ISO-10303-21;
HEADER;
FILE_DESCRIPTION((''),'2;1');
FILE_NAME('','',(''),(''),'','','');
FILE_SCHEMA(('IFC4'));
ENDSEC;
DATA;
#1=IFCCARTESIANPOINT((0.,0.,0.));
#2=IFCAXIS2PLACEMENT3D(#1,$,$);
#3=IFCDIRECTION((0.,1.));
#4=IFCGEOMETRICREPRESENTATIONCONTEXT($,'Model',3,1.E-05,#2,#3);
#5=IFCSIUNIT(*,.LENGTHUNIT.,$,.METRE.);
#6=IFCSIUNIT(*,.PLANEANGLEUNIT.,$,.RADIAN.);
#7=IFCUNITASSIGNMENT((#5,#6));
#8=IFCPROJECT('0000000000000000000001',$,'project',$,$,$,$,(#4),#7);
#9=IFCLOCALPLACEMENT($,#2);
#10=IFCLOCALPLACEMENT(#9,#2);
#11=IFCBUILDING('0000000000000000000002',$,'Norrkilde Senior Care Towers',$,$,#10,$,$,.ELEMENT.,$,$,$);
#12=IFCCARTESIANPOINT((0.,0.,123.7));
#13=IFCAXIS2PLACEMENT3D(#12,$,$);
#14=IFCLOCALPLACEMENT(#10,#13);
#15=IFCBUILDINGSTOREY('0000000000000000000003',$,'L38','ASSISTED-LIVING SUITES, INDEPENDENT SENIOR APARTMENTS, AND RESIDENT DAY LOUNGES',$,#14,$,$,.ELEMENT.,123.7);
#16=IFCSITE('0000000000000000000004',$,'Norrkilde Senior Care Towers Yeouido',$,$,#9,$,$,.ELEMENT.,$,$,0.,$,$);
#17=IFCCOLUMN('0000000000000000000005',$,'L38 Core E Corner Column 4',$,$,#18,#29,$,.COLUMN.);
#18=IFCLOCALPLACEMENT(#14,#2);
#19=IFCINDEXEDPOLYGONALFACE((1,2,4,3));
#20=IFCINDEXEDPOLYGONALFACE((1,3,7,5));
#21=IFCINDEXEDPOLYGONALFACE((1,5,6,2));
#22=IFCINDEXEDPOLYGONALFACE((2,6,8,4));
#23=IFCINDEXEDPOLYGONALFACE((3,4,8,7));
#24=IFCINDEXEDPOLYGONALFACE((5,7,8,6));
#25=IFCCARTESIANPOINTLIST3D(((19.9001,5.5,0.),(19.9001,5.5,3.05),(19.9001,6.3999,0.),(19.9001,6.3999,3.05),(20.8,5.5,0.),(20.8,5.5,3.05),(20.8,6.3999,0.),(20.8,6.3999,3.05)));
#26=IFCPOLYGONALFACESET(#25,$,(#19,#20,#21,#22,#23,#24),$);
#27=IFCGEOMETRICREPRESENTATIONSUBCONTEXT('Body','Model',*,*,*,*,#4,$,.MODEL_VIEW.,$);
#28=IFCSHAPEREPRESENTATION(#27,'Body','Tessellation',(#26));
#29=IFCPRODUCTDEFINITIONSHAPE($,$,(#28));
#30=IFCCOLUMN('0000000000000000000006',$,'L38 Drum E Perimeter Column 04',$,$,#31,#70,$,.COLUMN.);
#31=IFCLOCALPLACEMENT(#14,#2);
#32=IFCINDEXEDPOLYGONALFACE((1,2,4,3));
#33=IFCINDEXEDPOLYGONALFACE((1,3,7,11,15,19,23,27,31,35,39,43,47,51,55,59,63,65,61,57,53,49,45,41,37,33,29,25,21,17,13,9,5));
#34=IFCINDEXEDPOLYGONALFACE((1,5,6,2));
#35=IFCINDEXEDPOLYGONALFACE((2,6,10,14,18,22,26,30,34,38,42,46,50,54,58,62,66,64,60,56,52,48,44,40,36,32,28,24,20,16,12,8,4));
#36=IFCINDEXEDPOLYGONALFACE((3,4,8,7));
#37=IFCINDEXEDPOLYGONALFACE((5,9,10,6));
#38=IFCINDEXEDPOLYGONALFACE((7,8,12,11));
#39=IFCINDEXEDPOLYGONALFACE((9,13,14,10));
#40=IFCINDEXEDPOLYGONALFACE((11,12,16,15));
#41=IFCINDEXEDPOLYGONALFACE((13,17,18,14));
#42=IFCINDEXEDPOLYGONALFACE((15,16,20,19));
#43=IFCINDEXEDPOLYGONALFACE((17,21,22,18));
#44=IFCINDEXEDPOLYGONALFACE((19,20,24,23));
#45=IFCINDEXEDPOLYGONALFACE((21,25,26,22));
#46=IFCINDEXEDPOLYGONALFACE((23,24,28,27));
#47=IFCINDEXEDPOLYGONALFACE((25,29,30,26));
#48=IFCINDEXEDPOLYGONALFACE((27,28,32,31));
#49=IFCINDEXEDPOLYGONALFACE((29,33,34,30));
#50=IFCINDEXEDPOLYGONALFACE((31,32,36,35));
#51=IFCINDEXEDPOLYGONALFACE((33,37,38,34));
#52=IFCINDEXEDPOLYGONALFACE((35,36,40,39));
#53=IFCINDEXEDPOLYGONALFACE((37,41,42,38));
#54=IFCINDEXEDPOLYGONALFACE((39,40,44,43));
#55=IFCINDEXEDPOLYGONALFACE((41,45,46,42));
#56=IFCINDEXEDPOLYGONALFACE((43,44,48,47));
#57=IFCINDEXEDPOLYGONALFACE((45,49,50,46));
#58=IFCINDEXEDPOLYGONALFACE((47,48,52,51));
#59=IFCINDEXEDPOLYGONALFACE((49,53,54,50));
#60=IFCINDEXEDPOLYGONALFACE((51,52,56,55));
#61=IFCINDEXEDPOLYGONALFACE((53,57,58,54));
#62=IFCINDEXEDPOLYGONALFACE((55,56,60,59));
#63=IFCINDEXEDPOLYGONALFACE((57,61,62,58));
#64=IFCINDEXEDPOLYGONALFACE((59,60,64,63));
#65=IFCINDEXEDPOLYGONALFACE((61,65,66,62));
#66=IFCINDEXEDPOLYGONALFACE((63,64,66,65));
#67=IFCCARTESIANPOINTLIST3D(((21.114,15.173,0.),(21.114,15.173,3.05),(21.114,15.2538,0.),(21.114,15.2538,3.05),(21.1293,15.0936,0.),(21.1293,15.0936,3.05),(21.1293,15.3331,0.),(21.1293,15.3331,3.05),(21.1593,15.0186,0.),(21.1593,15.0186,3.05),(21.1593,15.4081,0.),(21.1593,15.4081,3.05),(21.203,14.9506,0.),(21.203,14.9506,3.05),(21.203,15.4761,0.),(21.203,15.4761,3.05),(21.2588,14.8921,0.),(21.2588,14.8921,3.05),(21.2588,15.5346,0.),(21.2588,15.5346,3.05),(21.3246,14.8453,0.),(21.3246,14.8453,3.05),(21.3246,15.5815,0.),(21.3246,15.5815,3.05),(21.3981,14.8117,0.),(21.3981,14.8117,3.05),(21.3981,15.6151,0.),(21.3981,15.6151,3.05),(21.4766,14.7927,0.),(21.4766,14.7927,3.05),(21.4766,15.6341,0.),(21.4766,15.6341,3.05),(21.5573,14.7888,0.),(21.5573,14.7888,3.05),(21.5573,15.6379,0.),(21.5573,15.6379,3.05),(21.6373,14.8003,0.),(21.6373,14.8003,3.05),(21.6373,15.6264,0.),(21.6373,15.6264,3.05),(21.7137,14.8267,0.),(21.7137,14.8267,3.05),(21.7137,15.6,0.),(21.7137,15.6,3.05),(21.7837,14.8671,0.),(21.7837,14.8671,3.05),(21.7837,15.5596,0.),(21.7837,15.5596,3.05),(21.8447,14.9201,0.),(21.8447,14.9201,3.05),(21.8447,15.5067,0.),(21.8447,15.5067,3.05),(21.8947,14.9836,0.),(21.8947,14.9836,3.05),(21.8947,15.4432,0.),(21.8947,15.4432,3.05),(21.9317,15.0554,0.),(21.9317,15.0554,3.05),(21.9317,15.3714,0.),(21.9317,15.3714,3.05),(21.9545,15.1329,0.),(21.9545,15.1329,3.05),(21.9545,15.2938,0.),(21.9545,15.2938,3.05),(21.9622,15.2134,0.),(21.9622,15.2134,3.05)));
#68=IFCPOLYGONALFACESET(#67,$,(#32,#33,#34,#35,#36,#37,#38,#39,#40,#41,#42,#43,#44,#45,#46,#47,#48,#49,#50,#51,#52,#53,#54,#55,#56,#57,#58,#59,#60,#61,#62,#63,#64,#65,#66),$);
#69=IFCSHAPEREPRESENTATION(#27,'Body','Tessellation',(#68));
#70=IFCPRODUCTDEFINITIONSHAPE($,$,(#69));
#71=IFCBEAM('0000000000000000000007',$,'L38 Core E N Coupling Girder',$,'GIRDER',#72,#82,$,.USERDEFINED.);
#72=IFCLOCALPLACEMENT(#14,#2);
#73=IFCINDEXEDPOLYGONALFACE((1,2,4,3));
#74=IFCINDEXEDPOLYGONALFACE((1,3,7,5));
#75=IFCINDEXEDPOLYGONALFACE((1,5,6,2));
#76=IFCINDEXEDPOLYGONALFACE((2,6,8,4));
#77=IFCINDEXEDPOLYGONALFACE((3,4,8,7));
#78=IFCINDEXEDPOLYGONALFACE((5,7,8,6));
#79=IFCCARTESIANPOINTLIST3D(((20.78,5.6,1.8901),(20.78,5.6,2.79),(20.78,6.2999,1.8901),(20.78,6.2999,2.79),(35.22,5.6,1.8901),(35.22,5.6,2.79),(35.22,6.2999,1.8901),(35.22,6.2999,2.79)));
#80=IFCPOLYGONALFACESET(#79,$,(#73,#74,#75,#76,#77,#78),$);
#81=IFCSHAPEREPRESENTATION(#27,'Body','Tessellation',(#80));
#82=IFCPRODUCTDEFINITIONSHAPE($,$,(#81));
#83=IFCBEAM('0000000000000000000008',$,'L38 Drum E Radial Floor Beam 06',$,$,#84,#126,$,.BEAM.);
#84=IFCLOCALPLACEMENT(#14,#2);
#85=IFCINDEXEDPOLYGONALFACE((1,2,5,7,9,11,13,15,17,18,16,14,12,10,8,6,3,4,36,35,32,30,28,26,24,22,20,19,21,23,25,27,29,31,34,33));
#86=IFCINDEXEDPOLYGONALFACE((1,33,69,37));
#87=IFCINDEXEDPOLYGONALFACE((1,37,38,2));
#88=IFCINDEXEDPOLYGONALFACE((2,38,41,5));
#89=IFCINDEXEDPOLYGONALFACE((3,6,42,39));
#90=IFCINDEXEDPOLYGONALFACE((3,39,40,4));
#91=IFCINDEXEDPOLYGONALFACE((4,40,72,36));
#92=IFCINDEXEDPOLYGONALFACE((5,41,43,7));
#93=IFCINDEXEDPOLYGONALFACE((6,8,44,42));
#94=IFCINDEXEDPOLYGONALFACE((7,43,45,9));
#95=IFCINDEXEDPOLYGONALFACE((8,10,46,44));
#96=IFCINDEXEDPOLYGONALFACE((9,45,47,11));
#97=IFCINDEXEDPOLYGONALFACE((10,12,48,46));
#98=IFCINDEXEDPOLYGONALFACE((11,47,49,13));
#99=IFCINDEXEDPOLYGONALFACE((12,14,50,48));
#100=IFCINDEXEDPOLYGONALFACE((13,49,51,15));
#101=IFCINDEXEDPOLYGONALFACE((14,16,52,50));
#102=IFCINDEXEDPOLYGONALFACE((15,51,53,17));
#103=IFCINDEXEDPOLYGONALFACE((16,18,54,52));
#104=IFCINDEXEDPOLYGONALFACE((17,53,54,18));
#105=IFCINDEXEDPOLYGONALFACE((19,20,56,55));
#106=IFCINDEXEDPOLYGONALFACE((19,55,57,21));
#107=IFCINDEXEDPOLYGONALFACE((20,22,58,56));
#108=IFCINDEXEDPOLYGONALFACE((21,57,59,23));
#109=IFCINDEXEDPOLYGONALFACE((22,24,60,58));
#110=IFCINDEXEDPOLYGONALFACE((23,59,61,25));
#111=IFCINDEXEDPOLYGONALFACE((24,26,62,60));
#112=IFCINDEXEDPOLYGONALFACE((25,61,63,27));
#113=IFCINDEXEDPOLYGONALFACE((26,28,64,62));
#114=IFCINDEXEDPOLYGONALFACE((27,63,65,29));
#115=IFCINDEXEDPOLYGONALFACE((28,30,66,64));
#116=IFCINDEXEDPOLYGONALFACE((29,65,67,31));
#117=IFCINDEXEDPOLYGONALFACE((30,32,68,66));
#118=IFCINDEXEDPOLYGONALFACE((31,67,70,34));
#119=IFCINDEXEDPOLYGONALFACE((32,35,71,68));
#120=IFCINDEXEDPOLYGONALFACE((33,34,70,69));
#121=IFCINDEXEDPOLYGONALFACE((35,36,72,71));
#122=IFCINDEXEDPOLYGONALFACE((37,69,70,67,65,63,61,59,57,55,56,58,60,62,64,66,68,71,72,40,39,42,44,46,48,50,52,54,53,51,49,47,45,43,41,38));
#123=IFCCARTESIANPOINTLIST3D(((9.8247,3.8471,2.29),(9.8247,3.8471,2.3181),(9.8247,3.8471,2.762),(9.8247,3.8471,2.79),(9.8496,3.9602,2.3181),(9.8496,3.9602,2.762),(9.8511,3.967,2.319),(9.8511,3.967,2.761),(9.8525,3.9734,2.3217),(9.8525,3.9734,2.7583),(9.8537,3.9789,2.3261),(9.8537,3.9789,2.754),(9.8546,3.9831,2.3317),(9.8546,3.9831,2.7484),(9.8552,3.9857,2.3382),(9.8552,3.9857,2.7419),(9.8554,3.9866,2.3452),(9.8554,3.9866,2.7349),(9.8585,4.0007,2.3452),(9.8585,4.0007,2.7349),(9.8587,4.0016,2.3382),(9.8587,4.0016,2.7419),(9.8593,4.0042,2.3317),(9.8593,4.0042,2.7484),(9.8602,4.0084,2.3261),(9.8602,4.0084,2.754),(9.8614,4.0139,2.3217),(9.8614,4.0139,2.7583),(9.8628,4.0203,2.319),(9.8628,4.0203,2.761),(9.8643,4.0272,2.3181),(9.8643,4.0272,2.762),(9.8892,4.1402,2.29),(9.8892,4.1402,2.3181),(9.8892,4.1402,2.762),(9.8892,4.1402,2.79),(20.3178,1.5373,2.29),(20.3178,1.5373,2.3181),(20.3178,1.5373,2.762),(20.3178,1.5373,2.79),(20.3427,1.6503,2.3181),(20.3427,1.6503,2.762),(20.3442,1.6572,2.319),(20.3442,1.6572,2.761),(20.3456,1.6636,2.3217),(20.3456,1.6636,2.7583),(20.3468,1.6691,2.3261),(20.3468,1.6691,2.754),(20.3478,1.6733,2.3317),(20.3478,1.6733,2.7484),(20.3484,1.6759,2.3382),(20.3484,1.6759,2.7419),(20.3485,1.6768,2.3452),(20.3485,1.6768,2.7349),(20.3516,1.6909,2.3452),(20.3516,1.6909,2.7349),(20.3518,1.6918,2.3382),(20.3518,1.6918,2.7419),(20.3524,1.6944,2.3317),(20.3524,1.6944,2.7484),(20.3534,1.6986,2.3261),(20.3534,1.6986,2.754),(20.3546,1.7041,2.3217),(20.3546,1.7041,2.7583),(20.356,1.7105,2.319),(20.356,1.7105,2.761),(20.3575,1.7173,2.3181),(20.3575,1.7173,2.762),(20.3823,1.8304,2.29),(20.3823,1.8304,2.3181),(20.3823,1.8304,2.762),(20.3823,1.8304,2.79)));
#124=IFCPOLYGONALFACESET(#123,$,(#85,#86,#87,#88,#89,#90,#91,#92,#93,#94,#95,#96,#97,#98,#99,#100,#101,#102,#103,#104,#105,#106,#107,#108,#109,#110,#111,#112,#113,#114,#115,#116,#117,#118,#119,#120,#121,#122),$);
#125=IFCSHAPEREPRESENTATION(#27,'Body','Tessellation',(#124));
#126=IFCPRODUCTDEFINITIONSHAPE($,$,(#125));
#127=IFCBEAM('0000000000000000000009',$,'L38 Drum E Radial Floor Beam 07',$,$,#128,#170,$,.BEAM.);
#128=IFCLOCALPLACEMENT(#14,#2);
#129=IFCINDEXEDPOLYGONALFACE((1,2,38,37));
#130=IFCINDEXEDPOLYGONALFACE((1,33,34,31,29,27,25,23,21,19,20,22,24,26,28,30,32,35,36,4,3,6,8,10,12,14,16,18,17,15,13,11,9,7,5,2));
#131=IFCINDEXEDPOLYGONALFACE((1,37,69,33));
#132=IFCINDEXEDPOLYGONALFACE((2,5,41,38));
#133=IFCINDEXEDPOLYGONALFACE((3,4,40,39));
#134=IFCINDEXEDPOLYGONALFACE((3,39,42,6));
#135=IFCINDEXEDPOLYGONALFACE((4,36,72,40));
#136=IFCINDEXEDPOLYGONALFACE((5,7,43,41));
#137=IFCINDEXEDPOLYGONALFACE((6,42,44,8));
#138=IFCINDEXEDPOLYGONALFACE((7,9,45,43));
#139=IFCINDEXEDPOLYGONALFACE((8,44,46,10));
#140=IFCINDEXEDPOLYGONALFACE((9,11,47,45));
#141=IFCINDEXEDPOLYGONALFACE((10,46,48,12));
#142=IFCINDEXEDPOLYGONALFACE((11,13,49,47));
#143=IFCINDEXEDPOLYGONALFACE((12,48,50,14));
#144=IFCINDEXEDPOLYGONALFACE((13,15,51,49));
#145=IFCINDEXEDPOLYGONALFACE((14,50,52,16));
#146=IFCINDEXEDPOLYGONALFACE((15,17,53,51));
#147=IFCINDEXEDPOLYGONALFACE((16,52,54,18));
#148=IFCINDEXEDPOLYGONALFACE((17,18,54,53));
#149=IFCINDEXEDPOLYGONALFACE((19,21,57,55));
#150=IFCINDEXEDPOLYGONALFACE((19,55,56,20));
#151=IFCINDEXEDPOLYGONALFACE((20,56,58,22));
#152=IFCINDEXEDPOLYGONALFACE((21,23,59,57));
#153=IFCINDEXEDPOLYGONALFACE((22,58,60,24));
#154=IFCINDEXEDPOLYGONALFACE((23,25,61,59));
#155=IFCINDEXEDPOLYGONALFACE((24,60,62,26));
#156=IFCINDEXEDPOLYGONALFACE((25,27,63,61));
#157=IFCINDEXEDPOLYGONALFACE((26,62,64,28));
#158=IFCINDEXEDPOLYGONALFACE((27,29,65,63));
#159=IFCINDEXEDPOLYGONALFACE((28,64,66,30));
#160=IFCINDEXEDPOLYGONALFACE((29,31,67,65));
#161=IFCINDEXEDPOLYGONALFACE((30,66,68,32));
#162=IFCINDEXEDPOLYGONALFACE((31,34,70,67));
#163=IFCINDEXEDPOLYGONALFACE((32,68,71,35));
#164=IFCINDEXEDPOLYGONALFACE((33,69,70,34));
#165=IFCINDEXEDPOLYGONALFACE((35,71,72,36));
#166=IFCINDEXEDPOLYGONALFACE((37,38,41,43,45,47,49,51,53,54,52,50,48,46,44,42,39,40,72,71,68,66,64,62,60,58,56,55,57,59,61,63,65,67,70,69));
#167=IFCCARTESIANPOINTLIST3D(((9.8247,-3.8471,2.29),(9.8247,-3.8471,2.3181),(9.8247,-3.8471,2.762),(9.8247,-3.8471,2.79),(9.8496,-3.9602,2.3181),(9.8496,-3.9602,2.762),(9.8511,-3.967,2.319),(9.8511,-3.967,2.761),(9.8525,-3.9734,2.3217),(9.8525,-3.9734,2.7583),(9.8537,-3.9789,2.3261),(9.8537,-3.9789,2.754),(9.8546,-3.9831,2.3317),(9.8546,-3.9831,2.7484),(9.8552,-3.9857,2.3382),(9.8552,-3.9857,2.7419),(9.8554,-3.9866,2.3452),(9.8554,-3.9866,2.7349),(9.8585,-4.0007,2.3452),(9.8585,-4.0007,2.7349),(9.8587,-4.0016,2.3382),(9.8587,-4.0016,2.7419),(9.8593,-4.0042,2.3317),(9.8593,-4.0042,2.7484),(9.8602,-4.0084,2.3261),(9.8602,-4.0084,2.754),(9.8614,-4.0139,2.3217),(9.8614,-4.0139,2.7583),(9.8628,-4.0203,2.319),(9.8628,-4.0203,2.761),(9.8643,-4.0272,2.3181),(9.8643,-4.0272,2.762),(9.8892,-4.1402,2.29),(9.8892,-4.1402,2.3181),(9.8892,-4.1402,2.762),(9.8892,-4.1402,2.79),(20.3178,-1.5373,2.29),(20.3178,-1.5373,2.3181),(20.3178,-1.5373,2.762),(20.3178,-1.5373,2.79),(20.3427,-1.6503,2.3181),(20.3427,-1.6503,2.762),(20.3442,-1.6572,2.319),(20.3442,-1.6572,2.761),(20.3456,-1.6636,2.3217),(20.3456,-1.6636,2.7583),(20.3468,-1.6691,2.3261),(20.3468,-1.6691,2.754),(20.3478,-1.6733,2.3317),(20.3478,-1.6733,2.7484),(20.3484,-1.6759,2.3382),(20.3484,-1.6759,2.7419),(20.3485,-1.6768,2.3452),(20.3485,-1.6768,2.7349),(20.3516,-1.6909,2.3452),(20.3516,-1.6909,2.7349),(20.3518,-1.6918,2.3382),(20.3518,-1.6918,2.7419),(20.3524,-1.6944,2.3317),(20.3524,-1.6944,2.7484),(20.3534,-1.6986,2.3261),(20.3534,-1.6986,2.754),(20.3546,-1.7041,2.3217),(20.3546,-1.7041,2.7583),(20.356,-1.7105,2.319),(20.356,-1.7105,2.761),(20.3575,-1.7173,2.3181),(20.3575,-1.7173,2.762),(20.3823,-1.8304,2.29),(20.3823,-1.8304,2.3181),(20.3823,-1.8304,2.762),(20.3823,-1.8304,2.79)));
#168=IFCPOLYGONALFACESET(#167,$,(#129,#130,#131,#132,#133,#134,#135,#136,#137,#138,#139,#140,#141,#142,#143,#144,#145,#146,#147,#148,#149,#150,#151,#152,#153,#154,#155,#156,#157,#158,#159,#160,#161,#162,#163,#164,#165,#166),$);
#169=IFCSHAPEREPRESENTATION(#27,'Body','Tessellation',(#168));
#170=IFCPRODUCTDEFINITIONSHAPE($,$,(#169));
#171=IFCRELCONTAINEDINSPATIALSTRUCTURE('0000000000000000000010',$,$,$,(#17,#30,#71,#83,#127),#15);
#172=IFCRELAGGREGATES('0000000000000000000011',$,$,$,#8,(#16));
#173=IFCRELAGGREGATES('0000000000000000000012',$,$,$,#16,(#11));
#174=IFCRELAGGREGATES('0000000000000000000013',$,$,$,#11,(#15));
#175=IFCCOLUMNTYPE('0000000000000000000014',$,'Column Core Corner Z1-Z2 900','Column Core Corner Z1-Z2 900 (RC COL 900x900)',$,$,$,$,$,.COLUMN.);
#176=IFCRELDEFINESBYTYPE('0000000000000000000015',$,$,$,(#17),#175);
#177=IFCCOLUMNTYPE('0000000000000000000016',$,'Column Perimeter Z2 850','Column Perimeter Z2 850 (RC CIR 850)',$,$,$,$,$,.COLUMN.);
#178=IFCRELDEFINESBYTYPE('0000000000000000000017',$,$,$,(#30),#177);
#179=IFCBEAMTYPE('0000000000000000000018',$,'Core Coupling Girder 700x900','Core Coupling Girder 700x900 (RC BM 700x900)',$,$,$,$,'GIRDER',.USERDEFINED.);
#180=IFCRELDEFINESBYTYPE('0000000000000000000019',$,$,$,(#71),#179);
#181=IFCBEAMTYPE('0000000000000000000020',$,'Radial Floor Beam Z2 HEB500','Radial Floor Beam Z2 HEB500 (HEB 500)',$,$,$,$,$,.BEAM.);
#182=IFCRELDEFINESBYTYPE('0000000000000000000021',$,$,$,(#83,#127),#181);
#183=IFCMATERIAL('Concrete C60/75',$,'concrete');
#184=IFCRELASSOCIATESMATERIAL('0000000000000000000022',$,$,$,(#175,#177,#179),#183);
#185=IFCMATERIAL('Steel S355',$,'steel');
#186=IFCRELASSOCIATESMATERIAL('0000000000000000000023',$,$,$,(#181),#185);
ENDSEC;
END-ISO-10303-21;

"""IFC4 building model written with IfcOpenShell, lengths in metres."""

from ifc_helpers import new_model, si_unit, direction, frame, origin, origin_2d, place, context, subcontext, project, spatial, rectangle, circle, i_section, extrude, source, transform, mapped, material, material_profile, profile_set, type_object, type_shapes, element, save


model = new_model("IFC4")

# Units and contexts
model_context = context("Model", 3, precision=1e-05, world=origin(), true_north=direction((0.0, 1.0)))
body_context = subcontext(model_context, "Body", "Model", "MODEL_VIEW")
ifc_project = project(units=[si_unit("LENGTHUNIT", "METRE"), si_unit("PLANEANGLEUNIT", "RADIAN")], contexts=[model_context])

# Site, building, storey
site_placement = place(None, origin())
site = spatial("IfcSite", under=ifc_project, at=site_placement, Name="Norrkilde Senior Care Towers Yeouido", CompositionType="ELEMENT", RefElevation=0.0)
building_placement = place(site_placement, origin())
building = spatial("IfcBuilding", under=site, at=building_placement, Name="Norrkilde Senior Care Towers", CompositionType="ELEMENT")
storey_placement = place(building_placement, frame((0.0, 0.0, 123.7)))
storey = spatial("IfcBuildingStorey", under=building, at=storey_placement, Name="L38", Description="ASSISTED-LIVING SUITES, INDEPENDENT SENIOR APARTMENTS, AND RESIDENT DAY LOUNGES", CompositionType="ELEMENT", Elevation=123.7)

# Columns
ifc_material_1 = material(Name="Concrete C60/75", Category="concrete")
ifc_material_profile_1 = material_profile(ifc_material_1, rectangle(XDim=0.8999, YDim=0.8999, at=origin_2d()), Name="RC COL 900x900")
ifc_profile_set_1 = profile_set([ifc_material_profile_1], Name="Concrete C60/75")
column_type_1 = type_object("IfcColumnType", Name="Column Core Corner Z1-Z2 900", Description="Column Core Corner Z1-Z2 900 (RC COL 900x900)", PredefinedType="COLUMN", material=ifc_profile_set_1)
shared_shape_1 = source(origin(), body_context, "Body", "SweptSolid", [
    extrude(rectangle(XDim=0.8999, YDim=0.8999, at=origin_2d()), origin(), (0.0, 0.0, 1.0), 3.05),
])
type_shapes(column_type_1, [shared_shape_1])
column_1_placement = place(storey_placement, frame((20.3501, 5.95, 0.0), z_axis=(0.0, 0.0, 1.0), x_axis=(1.0, 0.0, 0.0)))
element("IfcColumn", 1, at=column_1_placement, inside=storey, type_object=column_type_1, Name="L38 Core E Corner Column 4", PredefinedType="COLUMN", context=body_context, shape_type="MappedRepresentation", body=[
    mapped(shared_shape_1, transform((0.0, 0.0, 0.0), x_axis=(1.0, 0.0, 0.0), y_axis=(0.0, 1.0, 0.0), z_axis=(0.0, 0.0, 1.0), scale=1.0)),
])
ifc_material_profile_2 = material_profile(ifc_material_1, circle(Radius=0.425, at=origin_2d()), Name="RC CIR 850")
ifc_profile_set_2 = profile_set([ifc_material_profile_2], Name="Concrete C60/75")
column_type_2 = type_object("IfcColumnType", Name="Column Perimeter Z2 850", Description="Column Perimeter Z2 850 (RC CIR 850)", PredefinedType="COLUMN", material=ifc_profile_set_2)
shared_shape_2 = source(origin(), body_context, "Body", "SweptSolid", [
    extrude(circle(Radius=0.425, at=origin_2d()), origin(), (0.0, 0.0, 1.0), 3.05),
])
type_shapes(column_type_2, [shared_shape_2])
column_2_placement = place(storey_placement, frame((21.5371, 15.2134, 0.0), z_axis=(0.0, 0.0, 1.0), x_axis=(1.0, 0.0, 0.0)))
element("IfcColumn", 2, at=column_2_placement, inside=storey, type_object=column_type_2, Name="L38 Drum E Perimeter Column 04", PredefinedType="COLUMN", context=body_context, shape_type="MappedRepresentation", body=[
    mapped(shared_shape_2, transform((0.0, 0.0, 0.0), x_axis=(1.0, 0.0, 0.0), y_axis=(0.0, 1.0, 0.0), z_axis=(0.0, 0.0, 1.0), scale=1.0)),
])

# Beams
ifc_material_profile_3 = material_profile(ifc_material_1, rectangle(XDim=0.7, YDim=0.8999, at=origin_2d()), Name="RC BM 700x900")
ifc_profile_set_3 = profile_set([ifc_material_profile_3], Name="Concrete C60/75")
beam_type_1 = type_object("IfcBeamType", Name="Core Coupling Girder 700x900", Description="Core Coupling Girder 700x900 (RC BM 700x900)", ElementType="GIRDER", PredefinedType="USERDEFINED", material=ifc_profile_set_3)
shared_shape_3 = source(origin(), body_context, "Body", "SweptSolid", [
    extrude(rectangle(XDim=0.7, YDim=0.8999, at=origin_2d()), origin(), (0.0, 0.0, 1.0), 14.4399),
])
type_shapes(beam_type_1, [shared_shape_3])
beam_1_placement = place(storey_placement, frame((20.78, 5.95, 2.3401), z_axis=(1.0, 0.0, 0.0), x_axis=(0.0, 1.0, 0.0)))
element("IfcBeam", 3, at=beam_1_placement, inside=storey, type_object=beam_type_1, Name="L38 Core E N Coupling Girder", ObjectType="GIRDER", PredefinedType="USERDEFINED", context=body_context, shape_type="MappedRepresentation", body=[
    mapped(shared_shape_3, transform((0.0, 0.0, 0.0), x_axis=(1.0, 0.0, 0.0), y_axis=(0.0, 1.0, 0.0), z_axis=(0.0, 0.0, 1.0), scale=1.0)),
])
ifc_material_2 = material(Name="Steel S355", Category="steel")
ifc_material_profile_4 = material_profile(ifc_material_2, i_section(OverallWidth=0.3, OverallDepth=0.5, WebThickness=0.0144, FlangeThickness=0.0281, FilletRadius=0.0271, at=origin_2d()), Name="HEB 500")
ifc_profile_set_4 = profile_set([ifc_material_profile_4], Name="Steel S355")
beam_type_2 = type_object("IfcBeamType", Name="Radial Floor Beam Z2 HEB500", Description="Radial Floor Beam Z2 HEB500 (HEB 500)", PredefinedType="BEAM", material=ifc_profile_set_4)
shared_shape_4 = source(origin(), body_context, "Body", "SweptSolid", [
    extrude(i_section(OverallWidth=0.3, OverallDepth=0.5, WebThickness=0.0144, FlangeThickness=0.0281, FilletRadius=0.0271, at=origin_2d()), origin(), (0.0, 0.0, 1.0), 10.7444),
])
for number, where, z_axis, x_axis, name in (
    (4, (20.3501, 1.6838, 2.54), (-0.976619, 0.214979, 0.0), (-0.214979, -0.976619, 0.0), "L38 Drum E Radial Floor Beam 06"),
    (5, (20.3501, -1.6838, 2.54), (-0.976619, -0.214979, 0.0), (0.214979, -0.976619, 0.0), "L38 Drum E Radial Floor Beam 07"),
):
    element("IfcBeam", number, at=place(storey_placement, frame(where, z_axis=z_axis, x_axis=x_axis)), inside=storey, type_object=beam_type_2, Name=name, PredefinedType="BEAM", context=body_context, shape_type="MappedRepresentation", body=[
        mapped(shared_shape_4, transform((0.0, 0.0, 0.0), x_axis=(1.0, 0.0, 0.0), y_axis=(0.0, 1.0, 0.0), z_axis=(0.0, 0.0, 1.0), scale=1.0)),
    ])

save(model, "model.ifc")
